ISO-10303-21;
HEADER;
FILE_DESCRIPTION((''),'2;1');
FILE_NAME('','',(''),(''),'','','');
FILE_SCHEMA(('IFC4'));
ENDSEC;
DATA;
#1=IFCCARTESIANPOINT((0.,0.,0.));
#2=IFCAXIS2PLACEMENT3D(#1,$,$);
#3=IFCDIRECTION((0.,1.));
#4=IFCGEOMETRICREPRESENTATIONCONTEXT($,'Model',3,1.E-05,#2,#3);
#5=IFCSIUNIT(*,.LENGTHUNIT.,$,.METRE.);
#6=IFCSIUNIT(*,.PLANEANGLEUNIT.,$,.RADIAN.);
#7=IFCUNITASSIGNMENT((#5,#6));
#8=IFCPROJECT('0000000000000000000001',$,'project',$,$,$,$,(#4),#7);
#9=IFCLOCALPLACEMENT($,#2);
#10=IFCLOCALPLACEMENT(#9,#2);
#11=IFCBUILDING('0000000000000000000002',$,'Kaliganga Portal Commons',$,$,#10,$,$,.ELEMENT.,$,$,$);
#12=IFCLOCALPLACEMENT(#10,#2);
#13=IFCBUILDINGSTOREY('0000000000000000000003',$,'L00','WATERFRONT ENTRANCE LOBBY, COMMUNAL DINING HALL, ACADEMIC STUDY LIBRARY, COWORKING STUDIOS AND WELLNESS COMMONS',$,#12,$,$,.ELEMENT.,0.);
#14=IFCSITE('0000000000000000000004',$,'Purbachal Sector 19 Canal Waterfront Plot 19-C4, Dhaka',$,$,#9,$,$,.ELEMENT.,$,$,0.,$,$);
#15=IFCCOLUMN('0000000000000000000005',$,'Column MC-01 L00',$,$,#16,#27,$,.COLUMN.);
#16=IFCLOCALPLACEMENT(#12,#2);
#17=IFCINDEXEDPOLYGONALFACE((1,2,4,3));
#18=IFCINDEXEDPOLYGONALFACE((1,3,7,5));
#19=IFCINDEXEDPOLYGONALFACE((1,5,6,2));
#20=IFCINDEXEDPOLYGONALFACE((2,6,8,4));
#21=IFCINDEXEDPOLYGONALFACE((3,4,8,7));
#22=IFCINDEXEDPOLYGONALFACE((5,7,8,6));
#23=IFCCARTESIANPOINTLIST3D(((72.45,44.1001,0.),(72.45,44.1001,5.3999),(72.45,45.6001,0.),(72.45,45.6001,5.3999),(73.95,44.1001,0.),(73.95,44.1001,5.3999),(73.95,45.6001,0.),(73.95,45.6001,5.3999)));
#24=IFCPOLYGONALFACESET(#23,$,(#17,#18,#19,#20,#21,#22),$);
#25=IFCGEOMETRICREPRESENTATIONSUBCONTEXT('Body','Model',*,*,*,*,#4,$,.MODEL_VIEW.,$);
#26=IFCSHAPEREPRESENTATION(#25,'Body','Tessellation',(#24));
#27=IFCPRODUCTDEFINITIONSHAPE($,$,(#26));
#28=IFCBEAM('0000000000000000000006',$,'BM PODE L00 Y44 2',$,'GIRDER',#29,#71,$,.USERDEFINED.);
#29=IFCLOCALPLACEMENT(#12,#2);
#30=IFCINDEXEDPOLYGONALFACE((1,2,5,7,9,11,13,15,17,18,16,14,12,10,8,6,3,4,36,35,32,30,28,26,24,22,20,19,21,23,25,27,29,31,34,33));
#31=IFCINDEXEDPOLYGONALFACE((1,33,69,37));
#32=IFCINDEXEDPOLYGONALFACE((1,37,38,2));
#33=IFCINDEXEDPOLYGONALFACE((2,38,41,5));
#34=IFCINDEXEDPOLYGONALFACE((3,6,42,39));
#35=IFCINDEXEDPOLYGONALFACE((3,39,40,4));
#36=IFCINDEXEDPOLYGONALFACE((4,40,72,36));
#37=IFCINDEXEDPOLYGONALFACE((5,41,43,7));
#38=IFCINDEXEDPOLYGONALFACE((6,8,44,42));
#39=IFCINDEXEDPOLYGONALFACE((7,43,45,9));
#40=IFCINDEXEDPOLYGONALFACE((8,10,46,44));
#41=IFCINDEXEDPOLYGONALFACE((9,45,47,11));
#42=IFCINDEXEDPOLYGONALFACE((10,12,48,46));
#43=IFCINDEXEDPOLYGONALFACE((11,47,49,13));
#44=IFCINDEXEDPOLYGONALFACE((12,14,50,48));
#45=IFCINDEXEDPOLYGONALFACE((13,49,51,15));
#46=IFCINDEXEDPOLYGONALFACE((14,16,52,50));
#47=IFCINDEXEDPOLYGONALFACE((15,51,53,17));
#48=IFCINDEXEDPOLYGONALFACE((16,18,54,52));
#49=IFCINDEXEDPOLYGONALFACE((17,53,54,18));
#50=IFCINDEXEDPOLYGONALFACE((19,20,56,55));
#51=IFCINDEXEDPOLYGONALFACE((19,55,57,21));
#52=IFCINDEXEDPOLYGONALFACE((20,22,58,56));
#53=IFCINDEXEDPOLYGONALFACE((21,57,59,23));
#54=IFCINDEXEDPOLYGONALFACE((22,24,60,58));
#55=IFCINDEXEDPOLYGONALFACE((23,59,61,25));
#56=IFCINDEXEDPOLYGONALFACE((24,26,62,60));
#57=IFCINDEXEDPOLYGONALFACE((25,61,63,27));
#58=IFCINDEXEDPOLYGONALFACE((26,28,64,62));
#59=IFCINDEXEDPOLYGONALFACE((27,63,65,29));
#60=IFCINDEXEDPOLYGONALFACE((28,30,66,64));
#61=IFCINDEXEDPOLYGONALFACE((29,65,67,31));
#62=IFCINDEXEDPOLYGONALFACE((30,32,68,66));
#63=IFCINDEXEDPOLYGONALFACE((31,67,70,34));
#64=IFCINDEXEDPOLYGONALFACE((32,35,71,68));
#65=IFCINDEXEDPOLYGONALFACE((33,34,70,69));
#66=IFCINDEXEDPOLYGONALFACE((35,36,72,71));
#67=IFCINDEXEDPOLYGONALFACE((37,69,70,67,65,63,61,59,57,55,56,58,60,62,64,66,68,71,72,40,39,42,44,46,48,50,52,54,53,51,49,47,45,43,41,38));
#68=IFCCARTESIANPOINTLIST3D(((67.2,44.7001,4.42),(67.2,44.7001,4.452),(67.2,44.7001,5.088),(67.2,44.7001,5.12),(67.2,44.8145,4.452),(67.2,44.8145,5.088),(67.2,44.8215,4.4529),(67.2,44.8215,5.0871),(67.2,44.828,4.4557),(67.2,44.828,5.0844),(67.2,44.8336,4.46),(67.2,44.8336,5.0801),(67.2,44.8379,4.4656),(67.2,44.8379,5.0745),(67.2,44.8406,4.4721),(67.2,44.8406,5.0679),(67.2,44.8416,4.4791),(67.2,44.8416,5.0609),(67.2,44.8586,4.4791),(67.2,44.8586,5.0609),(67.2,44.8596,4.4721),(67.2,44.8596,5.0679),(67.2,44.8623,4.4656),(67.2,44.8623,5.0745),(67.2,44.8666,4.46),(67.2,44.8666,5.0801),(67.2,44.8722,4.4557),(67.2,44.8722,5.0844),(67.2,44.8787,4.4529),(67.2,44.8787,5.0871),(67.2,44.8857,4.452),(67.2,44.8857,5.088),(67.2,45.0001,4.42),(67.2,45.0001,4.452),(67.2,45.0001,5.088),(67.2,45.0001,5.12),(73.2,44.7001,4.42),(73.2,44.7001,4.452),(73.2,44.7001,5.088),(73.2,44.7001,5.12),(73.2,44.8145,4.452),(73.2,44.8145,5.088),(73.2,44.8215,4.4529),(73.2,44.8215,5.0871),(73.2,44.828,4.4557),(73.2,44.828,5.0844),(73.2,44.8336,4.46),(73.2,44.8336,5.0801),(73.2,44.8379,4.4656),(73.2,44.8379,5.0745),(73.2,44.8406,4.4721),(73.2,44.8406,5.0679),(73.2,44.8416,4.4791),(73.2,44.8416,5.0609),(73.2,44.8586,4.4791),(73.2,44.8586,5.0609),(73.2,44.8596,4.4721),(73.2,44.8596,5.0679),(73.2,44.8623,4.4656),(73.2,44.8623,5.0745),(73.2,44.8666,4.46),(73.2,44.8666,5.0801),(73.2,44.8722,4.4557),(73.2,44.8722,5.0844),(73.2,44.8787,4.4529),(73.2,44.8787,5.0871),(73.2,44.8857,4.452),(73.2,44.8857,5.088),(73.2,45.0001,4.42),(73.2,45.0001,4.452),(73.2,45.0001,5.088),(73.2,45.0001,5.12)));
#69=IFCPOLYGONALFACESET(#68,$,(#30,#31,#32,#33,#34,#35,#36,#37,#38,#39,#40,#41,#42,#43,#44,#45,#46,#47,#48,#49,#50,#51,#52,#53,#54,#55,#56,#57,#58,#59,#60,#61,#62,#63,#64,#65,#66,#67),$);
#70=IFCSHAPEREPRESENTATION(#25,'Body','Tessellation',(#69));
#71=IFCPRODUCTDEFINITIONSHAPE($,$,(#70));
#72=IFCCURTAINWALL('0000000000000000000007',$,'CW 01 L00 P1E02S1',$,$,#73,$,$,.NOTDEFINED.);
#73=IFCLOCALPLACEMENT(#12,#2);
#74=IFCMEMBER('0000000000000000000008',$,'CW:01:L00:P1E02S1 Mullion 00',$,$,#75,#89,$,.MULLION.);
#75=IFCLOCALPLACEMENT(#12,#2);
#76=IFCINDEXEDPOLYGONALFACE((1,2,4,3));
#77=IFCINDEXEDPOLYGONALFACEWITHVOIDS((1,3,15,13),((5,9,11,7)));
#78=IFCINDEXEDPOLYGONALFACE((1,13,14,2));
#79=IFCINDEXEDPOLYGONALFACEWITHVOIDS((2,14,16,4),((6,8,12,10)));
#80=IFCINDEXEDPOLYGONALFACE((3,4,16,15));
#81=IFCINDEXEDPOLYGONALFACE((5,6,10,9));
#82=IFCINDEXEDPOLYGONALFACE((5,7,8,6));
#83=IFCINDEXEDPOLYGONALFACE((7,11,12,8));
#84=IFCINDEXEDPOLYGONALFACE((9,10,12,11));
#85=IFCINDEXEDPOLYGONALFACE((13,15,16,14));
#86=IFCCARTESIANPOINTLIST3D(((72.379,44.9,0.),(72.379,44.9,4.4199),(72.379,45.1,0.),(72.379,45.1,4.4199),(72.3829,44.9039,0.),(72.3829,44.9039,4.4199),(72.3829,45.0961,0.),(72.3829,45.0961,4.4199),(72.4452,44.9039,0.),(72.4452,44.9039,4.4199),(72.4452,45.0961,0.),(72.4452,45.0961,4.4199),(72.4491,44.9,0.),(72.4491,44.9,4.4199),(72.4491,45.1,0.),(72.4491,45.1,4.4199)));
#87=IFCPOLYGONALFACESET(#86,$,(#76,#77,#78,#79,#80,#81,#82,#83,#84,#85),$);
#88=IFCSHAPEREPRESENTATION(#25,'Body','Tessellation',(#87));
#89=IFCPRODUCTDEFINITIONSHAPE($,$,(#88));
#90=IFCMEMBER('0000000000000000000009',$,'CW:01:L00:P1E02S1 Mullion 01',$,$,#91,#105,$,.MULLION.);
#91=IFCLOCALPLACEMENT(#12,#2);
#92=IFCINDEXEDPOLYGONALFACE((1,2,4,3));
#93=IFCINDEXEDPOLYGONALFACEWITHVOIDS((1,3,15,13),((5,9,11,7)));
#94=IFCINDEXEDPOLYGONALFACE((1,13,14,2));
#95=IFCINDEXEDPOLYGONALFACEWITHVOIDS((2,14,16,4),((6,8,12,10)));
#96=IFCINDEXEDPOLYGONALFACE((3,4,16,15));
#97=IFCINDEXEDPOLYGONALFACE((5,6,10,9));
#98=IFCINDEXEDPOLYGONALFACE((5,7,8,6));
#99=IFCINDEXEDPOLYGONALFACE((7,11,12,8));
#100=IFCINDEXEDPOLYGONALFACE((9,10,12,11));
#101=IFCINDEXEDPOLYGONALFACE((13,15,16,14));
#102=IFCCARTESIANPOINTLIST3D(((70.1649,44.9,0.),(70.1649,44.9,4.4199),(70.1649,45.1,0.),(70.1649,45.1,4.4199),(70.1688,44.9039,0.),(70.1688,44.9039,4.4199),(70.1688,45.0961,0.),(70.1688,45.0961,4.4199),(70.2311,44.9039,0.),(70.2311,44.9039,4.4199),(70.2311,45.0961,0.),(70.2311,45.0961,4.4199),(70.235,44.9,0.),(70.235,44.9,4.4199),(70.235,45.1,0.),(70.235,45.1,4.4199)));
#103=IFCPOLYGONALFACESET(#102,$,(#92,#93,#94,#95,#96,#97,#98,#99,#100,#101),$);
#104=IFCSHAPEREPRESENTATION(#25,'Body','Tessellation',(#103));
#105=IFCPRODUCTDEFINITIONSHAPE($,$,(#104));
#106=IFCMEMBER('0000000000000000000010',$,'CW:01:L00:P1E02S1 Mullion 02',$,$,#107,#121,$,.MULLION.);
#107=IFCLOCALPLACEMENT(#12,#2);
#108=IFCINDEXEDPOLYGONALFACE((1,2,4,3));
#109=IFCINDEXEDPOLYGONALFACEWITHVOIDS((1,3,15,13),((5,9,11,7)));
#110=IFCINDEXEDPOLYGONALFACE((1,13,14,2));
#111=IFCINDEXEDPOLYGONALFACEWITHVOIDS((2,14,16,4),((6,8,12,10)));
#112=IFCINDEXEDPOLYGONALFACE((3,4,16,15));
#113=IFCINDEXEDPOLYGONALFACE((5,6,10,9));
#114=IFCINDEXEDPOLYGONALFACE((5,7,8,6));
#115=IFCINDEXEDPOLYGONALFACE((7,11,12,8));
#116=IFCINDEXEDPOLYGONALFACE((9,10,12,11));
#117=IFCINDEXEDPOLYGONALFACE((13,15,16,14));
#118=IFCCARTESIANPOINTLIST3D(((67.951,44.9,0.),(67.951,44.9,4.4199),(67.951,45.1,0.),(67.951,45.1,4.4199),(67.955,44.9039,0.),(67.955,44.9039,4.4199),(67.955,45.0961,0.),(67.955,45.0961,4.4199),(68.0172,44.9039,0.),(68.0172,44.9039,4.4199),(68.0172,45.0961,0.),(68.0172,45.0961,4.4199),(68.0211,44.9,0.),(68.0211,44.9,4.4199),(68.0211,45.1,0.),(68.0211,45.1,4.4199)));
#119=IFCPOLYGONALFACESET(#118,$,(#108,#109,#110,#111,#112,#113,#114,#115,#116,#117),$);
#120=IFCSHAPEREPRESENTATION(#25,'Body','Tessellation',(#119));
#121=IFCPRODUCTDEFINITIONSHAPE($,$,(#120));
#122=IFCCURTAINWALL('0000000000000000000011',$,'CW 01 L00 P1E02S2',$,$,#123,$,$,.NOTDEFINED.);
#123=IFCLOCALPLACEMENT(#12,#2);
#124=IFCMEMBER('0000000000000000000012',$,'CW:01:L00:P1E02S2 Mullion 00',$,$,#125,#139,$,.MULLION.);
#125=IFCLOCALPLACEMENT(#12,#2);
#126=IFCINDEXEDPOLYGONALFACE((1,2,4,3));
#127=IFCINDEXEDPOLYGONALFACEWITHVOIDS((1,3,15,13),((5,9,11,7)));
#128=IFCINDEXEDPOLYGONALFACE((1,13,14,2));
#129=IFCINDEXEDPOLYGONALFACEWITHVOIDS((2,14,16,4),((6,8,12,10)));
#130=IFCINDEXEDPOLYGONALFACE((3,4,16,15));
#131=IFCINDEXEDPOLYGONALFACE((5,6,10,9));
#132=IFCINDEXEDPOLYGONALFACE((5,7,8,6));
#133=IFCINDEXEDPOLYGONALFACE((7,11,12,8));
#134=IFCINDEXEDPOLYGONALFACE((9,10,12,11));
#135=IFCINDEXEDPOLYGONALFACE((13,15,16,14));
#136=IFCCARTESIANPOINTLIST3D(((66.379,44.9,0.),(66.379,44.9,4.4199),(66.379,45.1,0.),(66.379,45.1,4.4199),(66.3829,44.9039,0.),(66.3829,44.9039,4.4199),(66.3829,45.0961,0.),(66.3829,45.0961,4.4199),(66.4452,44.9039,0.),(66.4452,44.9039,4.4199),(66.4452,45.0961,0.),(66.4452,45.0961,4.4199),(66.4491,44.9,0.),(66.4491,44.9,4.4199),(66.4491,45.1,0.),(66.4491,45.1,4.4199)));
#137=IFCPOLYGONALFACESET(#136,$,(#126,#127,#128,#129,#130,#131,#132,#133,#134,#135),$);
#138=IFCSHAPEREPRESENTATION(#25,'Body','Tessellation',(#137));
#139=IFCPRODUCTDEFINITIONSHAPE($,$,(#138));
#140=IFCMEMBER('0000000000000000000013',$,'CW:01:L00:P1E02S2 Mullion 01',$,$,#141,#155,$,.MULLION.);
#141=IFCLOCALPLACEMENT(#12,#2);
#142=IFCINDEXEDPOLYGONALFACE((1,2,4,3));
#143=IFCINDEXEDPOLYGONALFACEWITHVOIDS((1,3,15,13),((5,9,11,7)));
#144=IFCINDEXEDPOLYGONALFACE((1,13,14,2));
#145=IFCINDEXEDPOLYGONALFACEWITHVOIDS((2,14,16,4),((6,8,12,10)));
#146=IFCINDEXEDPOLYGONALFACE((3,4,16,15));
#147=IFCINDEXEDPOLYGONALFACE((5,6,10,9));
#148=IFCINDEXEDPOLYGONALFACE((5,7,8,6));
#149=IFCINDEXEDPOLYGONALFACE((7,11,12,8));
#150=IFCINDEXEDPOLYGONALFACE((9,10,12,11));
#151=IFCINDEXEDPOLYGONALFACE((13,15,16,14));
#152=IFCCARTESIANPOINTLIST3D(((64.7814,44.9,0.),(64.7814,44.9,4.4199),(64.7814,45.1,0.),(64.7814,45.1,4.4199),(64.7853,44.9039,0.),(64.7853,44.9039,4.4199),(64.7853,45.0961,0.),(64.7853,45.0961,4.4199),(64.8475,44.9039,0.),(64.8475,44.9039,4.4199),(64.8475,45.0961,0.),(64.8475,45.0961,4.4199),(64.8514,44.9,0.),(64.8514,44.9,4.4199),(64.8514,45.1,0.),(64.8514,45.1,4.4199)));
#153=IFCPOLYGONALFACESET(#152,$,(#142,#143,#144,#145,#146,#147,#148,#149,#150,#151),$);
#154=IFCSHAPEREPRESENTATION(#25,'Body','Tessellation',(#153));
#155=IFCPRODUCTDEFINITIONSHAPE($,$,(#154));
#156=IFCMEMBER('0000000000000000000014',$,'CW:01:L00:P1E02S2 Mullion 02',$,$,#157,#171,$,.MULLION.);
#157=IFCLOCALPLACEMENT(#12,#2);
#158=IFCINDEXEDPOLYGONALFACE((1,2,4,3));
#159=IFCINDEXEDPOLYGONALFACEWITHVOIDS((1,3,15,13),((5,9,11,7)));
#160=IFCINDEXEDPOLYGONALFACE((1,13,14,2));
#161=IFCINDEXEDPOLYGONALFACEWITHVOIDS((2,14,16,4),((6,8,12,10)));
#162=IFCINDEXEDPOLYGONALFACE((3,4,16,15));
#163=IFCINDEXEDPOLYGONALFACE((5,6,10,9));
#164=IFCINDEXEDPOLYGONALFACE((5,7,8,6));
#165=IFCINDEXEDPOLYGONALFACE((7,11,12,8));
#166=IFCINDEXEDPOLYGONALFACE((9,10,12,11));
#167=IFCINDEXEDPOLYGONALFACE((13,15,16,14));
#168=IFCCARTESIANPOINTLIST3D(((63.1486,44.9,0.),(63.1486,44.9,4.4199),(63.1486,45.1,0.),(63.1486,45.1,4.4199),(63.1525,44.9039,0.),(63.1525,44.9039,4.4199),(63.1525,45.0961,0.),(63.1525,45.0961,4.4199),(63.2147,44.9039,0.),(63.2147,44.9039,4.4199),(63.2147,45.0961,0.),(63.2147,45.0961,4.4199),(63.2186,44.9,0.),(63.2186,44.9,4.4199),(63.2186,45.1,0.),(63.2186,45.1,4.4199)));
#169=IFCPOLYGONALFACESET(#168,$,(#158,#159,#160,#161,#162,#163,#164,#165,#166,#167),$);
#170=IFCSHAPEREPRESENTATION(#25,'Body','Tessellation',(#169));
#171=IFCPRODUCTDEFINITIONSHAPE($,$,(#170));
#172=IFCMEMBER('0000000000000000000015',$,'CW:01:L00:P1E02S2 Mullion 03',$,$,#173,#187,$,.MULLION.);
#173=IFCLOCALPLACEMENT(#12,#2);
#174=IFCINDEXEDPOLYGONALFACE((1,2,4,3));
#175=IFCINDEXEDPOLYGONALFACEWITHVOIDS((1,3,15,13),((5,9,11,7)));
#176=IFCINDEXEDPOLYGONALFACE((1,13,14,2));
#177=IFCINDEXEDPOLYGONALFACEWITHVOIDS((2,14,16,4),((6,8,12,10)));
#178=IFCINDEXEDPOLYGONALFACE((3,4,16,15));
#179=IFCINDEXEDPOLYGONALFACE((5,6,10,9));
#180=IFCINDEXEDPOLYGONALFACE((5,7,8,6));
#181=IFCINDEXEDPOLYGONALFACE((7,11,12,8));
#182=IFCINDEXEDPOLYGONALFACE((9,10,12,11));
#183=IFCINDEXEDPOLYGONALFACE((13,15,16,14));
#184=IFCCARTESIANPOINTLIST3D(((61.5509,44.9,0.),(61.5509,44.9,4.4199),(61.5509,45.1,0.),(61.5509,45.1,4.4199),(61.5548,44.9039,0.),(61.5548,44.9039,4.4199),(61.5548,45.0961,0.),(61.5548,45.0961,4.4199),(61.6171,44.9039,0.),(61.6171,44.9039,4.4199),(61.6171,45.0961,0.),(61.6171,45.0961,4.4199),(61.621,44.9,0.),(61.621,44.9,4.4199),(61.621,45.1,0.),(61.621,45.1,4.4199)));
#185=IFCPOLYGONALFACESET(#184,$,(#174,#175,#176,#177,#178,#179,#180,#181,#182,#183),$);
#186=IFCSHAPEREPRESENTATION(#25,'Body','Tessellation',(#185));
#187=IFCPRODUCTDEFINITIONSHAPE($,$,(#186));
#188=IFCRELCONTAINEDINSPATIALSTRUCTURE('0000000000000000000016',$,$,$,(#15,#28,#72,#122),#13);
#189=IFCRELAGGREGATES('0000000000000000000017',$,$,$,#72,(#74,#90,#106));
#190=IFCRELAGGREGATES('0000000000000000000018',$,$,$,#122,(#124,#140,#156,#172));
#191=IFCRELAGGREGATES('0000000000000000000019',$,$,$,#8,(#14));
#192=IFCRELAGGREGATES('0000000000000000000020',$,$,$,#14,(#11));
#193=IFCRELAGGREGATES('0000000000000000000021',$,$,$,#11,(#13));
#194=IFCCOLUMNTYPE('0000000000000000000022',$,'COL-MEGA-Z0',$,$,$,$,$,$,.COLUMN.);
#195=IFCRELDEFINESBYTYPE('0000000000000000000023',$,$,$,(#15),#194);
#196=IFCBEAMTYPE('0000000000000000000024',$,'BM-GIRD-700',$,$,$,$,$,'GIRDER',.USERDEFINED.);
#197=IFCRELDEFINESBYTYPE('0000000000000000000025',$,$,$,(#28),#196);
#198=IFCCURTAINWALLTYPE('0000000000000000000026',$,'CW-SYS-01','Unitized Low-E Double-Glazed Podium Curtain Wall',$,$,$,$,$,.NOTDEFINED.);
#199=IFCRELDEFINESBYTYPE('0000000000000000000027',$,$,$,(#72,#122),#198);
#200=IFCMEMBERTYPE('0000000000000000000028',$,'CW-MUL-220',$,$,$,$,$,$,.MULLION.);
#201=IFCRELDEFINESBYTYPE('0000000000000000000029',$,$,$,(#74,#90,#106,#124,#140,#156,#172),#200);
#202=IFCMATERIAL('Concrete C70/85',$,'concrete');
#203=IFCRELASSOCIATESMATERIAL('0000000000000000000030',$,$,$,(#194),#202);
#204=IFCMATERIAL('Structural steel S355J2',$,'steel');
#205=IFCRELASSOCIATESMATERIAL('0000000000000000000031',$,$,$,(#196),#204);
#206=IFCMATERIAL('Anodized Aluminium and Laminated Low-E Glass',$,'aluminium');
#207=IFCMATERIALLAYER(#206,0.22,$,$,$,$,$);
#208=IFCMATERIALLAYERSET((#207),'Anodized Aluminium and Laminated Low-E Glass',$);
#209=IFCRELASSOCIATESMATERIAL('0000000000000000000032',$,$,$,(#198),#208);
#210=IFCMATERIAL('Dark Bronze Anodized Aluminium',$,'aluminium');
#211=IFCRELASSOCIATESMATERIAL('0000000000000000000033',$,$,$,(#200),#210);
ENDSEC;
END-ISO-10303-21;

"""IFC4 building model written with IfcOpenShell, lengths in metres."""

from ifc_helpers import new_model, si_unit, direction, frame, origin, origin_2d, place, context, subcontext, project, spatial, rectangle, hollow_rectangle, i_section, extrude, source, transform, mapped, material, layer, layer_set, material_profile, profile_set, type_object, element, aggregate, save


model = new_model("IFC4")

# Units and contexts
model_context = context("Model", 3, precision=1e-05, world=origin(), true_north=direction((0.0, 1.0)))
body_context = subcontext(model_context, "Body", "Model", "MODEL_VIEW")
ifc_project = project(units=[si_unit("LENGTHUNIT", "METRE"), si_unit("PLANEANGLEUNIT", "RADIAN")], contexts=[model_context])

# Site, building, storey
site_placement = place(None, origin())
site = spatial("IfcSite", under=ifc_project, at=site_placement, Name="Purbachal Sector 19 Canal Waterfront Plot 19-C4, Dhaka", CompositionType="ELEMENT", RefElevation=0.0)
building_placement = place(site_placement, origin())
building = spatial("IfcBuilding", under=site, at=building_placement, Name="Kaliganga Portal Commons", CompositionType="ELEMENT")
storey_placement = place(building_placement, origin())
storey = spatial("IfcBuildingStorey", under=building, at=storey_placement, Name="L00", Description="WATERFRONT ENTRANCE LOBBY, COMMUNAL DINING HALL, ACADEMIC STUDY LIBRARY, COWORKING STUDIOS AND WELLNESS COMMONS", CompositionType="ELEMENT", Elevation=0.0)

# Column
ifc_material_1 = material(Name="Concrete C70/85", Category="concrete")
ifc_material_profile_1 = material_profile(ifc_material_1, rectangle(XDim=1.5, YDim=1.5, at=origin_2d()), Name="RC 1500x1500")
ifc_profile_set_1 = profile_set([ifc_material_profile_1], Name="Concrete C70/85")
column_type = type_object("IfcColumnType", Name="COL-MEGA-Z0", PredefinedType="COLUMN", material=ifc_profile_set_1)
shared_shape_1 = source(origin(), body_context, "Body", "SweptSolid", [
    extrude(rectangle(XDim=1.5, YDim=1.5, at=origin_2d()), origin(), (0.0, 0.0, 1.0), 5.3999),
])
column_placement = place(storey_placement, frame((73.2, 44.8501, 0.0), z_axis=(0.0, 0.0, 1.0), x_axis=(1.0, 0.0, 0.0)))
element("IfcColumn", 1, at=column_placement, inside=storey, type_object=column_type, Name="Column MC-01 L00", PredefinedType="COLUMN", context=body_context, shape_type="MappedRepresentation", body=[
    mapped(shared_shape_1, transform((0.0, 0.0, 0.0), x_axis=(1.0, 0.0, 0.0), y_axis=(0.0, 1.0, 0.0), z_axis=(0.0, 0.0, 1.0), scale=1.0)),
])

# Beam
ifc_material_2 = material(Name="Structural steel S355J2", Category="steel")
ifc_material_profile_2 = material_profile(ifc_material_2, i_section(OverallWidth=0.3, OverallDepth=0.7, WebThickness=0.0171, FlangeThickness=0.032, FilletRadius=0.0271, at=origin_2d()), Name="HE 700 B")
ifc_profile_set_2 = profile_set([ifc_material_profile_2], Name="Structural steel S355J2 wide-flange")
beam_type = type_object("IfcBeamType", Name="BM-GIRD-700", ElementType="GIRDER", PredefinedType="USERDEFINED", material=ifc_profile_set_2)
shared_shape_2 = source(origin(), body_context, "Body", "SweptSolid", [
    extrude(i_section(OverallWidth=0.3, OverallDepth=0.7, WebThickness=0.0171, FlangeThickness=0.032, FilletRadius=0.0271, at=origin_2d()), origin(), (0.0, 0.0, 1.0), 6.0),
])
beam_placement = place(storey_placement, frame((67.2, 44.8501, 4.77), z_axis=(1.0, 0.0, 0.0), x_axis=(0.0, 1.0, 0.0)))
element("IfcBeam", 2, at=beam_placement, inside=storey, type_object=beam_type, Name="BM PODE L00 Y44 2", ObjectType="GIRDER", PredefinedType="USERDEFINED", context=body_context, shape_type="MappedRepresentation", body=[
    mapped(shared_shape_2, transform((0.0, 0.0, 0.0), x_axis=(1.0, 0.0, 0.0), y_axis=(0.0, 1.0, 0.0), z_axis=(0.0, 0.0, 1.0), scale=1.0)),
])

# Curtain walls, members
ifc_material_3 = material(Name="Anodized Aluminium and Laminated Low-E Glass", Category="aluminium")
ifc_layer_1 = layer(ifc_material_3, 0.22)
ifc_layer_set_1 = layer_set([ifc_layer_1], Name="Anodized Aluminium and Laminated Low-E Glass")
curtain_wall_type = type_object("IfcCurtainWallType", Name="CW-SYS-01", Description="Unitized Low-E Double-Glazed Podium Curtain Wall", PredefinedType="NOTDEFINED", material=ifc_layer_set_1)
curtain_wall_1_placement = place(storey_placement, origin())
curtain_wall_1 = element("IfcCurtainWall", 3, at=curtain_wall_1_placement, inside=storey, type_object=curtain_wall_type, Name="CW 01 L00 P1E02S1", PredefinedType="NOTDEFINED")
ifc_material_4 = material(Name="Dark Bronze Anodized Aluminium", Category="aluminium")
ifc_material_profile_3 = material_profile(ifc_material_4, hollow_rectangle(XDim=0.0701, YDim=0.2, WallThickness=0.0039, at=origin_2d()), Name="ALU MULL 70x200x4")
ifc_profile_set_3 = profile_set([ifc_material_profile_3], Name="Dark Bronze Anodized Aluminium")
member_type_1 = type_object("IfcMemberType", Name="CW-MUL-220", PredefinedType="MULLION", material=ifc_profile_set_3)
shared_shape_3 = source(origin(), body_context, "Body", "SweptSolid", [
    extrude(hollow_rectangle(XDim=0.0701, YDim=0.2, WallThickness=0.0039, at=origin_2d()), origin(), (0.0, 0.0, 1.0), 4.4199),
])
member_1_placement = place(storey_placement, frame((72.4141, 45.0, 0.0), z_axis=(0.0, 0.0, 1.0), x_axis=(-1.0, 0.0, 0.0)))
member_1 = element("IfcMember", 4, at=member_1_placement, type_object=member_type_1, Name="CW:01:L00:P1E02S1 Mullion 00", PredefinedType="MULLION", context=body_context, shape_type="MappedRepresentation", body=[
    mapped(shared_shape_3, transform((0.0, 0.0, 0.0), x_axis=(1.0, 0.0, 0.0), y_axis=(0.0, 1.0, 0.0), z_axis=(0.0, 0.0, 1.0), scale=1.0)),
])
member_2_placement = place(storey_placement, frame((70.2, 45.0, 0.0), z_axis=(0.0, 0.0, 1.0), x_axis=(-1.0, 0.0, 0.0)))
member_2 = element("IfcMember", 5, at=member_2_placement, type_object=member_type_1, Name="CW:01:L00:P1E02S1 Mullion 01", PredefinedType="MULLION", context=body_context, shape_type="MappedRepresentation", body=[
    mapped(shared_shape_3, transform((0.0, 0.0, 0.0), x_axis=(1.0, 0.0, 0.0), y_axis=(0.0, 1.0, 0.0), z_axis=(0.0, 0.0, 1.0), scale=1.0)),
])
member_3_placement = place(storey_placement, frame((67.9861, 45.0, 0.0), z_axis=(0.0, 0.0, 1.0), x_axis=(-1.0, 0.0, 0.0)))
member_3 = element("IfcMember", 6, at=member_3_placement, type_object=member_type_1, Name="CW:01:L00:P1E02S1 Mullion 02", PredefinedType="MULLION", context=body_context, shape_type="MappedRepresentation", body=[
    mapped(shared_shape_3, transform((0.0, 0.0, 0.0), x_axis=(1.0, 0.0, 0.0), y_axis=(0.0, 1.0, 0.0), z_axis=(0.0, 0.0, 1.0), scale=1.0)),
])
curtain_wall_2_placement = place(storey_placement, origin())
curtain_wall_2 = element("IfcCurtainWall", 7, at=curtain_wall_2_placement, inside=storey, type_object=curtain_wall_type, Name="CW 01 L00 P1E02S2", PredefinedType="NOTDEFINED")
member_4_placement = place(storey_placement, frame((66.4141, 45.0, 0.0), z_axis=(0.0, 0.0, 1.0), x_axis=(-1.0, 0.0, 0.0)))
member_4 = element("IfcMember", 8, at=member_4_placement, type_object=member_type_1, Name="CW:01:L00:P1E02S2 Mullion 00", PredefinedType="MULLION", context=body_context, shape_type="MappedRepresentation", body=[
    mapped(shared_shape_3, transform((0.0, 0.0, 0.0), x_axis=(1.0, 0.0, 0.0), y_axis=(0.0, 1.0, 0.0), z_axis=(0.0, 0.0, 1.0), scale=1.0)),
])
member_5_placement = place(storey_placement, frame((64.8164, 45.0, 0.0), z_axis=(0.0, 0.0, 1.0), x_axis=(-1.0, 0.0, 0.0)))
member_5 = element("IfcMember", 9, at=member_5_placement, type_object=member_type_1, Name="CW:01:L00:P1E02S2 Mullion 01", PredefinedType="MULLION", context=body_context, shape_type="MappedRepresentation", body=[
    mapped(shared_shape_3, transform((0.0, 0.0, 0.0), x_axis=(1.0, 0.0, 0.0), y_axis=(0.0, 1.0, 0.0), z_axis=(0.0, 0.0, 1.0), scale=1.0)),
])
member_6_placement = place(storey_placement, frame((63.1836, 45.0, 0.0), z_axis=(0.0, 0.0, 1.0), x_axis=(-1.0, 0.0, 0.0)))
member_6 = element("IfcMember", 10, at=member_6_placement, type_object=member_type_1, Name="CW:01:L00:P1E02S2 Mullion 02", PredefinedType="MULLION", context=body_context, shape_type="MappedRepresentation", body=[
    mapped(shared_shape_3, transform((0.0, 0.0, 0.0), x_axis=(1.0, 0.0, 0.0), y_axis=(0.0, 1.0, 0.0), z_axis=(0.0, 0.0, 1.0), scale=1.0)),
])
member_7_placement = place(storey_placement, frame((61.5859, 45.0, 0.0), z_axis=(0.0, 0.0, 1.0), x_axis=(-1.0, 0.0, 0.0)))
member_7 = element("IfcMember", 11, at=member_7_placement, type_object=member_type_1, Name="CW:01:L00:P1E02S2 Mullion 03", PredefinedType="MULLION", context=body_context, shape_type="MappedRepresentation", body=[
    mapped(shared_shape_3, transform((0.0, 0.0, 0.0), x_axis=(1.0, 0.0, 0.0), y_axis=(0.0, 1.0, 0.0), z_axis=(0.0, 0.0, 1.0), scale=1.0)),
])

aggregate(curtain_wall_1, [member_1, member_2, member_3])
aggregate(curtain_wall_2, [member_4, member_5, member_6, member_7])

save(model, "model.ifc")
